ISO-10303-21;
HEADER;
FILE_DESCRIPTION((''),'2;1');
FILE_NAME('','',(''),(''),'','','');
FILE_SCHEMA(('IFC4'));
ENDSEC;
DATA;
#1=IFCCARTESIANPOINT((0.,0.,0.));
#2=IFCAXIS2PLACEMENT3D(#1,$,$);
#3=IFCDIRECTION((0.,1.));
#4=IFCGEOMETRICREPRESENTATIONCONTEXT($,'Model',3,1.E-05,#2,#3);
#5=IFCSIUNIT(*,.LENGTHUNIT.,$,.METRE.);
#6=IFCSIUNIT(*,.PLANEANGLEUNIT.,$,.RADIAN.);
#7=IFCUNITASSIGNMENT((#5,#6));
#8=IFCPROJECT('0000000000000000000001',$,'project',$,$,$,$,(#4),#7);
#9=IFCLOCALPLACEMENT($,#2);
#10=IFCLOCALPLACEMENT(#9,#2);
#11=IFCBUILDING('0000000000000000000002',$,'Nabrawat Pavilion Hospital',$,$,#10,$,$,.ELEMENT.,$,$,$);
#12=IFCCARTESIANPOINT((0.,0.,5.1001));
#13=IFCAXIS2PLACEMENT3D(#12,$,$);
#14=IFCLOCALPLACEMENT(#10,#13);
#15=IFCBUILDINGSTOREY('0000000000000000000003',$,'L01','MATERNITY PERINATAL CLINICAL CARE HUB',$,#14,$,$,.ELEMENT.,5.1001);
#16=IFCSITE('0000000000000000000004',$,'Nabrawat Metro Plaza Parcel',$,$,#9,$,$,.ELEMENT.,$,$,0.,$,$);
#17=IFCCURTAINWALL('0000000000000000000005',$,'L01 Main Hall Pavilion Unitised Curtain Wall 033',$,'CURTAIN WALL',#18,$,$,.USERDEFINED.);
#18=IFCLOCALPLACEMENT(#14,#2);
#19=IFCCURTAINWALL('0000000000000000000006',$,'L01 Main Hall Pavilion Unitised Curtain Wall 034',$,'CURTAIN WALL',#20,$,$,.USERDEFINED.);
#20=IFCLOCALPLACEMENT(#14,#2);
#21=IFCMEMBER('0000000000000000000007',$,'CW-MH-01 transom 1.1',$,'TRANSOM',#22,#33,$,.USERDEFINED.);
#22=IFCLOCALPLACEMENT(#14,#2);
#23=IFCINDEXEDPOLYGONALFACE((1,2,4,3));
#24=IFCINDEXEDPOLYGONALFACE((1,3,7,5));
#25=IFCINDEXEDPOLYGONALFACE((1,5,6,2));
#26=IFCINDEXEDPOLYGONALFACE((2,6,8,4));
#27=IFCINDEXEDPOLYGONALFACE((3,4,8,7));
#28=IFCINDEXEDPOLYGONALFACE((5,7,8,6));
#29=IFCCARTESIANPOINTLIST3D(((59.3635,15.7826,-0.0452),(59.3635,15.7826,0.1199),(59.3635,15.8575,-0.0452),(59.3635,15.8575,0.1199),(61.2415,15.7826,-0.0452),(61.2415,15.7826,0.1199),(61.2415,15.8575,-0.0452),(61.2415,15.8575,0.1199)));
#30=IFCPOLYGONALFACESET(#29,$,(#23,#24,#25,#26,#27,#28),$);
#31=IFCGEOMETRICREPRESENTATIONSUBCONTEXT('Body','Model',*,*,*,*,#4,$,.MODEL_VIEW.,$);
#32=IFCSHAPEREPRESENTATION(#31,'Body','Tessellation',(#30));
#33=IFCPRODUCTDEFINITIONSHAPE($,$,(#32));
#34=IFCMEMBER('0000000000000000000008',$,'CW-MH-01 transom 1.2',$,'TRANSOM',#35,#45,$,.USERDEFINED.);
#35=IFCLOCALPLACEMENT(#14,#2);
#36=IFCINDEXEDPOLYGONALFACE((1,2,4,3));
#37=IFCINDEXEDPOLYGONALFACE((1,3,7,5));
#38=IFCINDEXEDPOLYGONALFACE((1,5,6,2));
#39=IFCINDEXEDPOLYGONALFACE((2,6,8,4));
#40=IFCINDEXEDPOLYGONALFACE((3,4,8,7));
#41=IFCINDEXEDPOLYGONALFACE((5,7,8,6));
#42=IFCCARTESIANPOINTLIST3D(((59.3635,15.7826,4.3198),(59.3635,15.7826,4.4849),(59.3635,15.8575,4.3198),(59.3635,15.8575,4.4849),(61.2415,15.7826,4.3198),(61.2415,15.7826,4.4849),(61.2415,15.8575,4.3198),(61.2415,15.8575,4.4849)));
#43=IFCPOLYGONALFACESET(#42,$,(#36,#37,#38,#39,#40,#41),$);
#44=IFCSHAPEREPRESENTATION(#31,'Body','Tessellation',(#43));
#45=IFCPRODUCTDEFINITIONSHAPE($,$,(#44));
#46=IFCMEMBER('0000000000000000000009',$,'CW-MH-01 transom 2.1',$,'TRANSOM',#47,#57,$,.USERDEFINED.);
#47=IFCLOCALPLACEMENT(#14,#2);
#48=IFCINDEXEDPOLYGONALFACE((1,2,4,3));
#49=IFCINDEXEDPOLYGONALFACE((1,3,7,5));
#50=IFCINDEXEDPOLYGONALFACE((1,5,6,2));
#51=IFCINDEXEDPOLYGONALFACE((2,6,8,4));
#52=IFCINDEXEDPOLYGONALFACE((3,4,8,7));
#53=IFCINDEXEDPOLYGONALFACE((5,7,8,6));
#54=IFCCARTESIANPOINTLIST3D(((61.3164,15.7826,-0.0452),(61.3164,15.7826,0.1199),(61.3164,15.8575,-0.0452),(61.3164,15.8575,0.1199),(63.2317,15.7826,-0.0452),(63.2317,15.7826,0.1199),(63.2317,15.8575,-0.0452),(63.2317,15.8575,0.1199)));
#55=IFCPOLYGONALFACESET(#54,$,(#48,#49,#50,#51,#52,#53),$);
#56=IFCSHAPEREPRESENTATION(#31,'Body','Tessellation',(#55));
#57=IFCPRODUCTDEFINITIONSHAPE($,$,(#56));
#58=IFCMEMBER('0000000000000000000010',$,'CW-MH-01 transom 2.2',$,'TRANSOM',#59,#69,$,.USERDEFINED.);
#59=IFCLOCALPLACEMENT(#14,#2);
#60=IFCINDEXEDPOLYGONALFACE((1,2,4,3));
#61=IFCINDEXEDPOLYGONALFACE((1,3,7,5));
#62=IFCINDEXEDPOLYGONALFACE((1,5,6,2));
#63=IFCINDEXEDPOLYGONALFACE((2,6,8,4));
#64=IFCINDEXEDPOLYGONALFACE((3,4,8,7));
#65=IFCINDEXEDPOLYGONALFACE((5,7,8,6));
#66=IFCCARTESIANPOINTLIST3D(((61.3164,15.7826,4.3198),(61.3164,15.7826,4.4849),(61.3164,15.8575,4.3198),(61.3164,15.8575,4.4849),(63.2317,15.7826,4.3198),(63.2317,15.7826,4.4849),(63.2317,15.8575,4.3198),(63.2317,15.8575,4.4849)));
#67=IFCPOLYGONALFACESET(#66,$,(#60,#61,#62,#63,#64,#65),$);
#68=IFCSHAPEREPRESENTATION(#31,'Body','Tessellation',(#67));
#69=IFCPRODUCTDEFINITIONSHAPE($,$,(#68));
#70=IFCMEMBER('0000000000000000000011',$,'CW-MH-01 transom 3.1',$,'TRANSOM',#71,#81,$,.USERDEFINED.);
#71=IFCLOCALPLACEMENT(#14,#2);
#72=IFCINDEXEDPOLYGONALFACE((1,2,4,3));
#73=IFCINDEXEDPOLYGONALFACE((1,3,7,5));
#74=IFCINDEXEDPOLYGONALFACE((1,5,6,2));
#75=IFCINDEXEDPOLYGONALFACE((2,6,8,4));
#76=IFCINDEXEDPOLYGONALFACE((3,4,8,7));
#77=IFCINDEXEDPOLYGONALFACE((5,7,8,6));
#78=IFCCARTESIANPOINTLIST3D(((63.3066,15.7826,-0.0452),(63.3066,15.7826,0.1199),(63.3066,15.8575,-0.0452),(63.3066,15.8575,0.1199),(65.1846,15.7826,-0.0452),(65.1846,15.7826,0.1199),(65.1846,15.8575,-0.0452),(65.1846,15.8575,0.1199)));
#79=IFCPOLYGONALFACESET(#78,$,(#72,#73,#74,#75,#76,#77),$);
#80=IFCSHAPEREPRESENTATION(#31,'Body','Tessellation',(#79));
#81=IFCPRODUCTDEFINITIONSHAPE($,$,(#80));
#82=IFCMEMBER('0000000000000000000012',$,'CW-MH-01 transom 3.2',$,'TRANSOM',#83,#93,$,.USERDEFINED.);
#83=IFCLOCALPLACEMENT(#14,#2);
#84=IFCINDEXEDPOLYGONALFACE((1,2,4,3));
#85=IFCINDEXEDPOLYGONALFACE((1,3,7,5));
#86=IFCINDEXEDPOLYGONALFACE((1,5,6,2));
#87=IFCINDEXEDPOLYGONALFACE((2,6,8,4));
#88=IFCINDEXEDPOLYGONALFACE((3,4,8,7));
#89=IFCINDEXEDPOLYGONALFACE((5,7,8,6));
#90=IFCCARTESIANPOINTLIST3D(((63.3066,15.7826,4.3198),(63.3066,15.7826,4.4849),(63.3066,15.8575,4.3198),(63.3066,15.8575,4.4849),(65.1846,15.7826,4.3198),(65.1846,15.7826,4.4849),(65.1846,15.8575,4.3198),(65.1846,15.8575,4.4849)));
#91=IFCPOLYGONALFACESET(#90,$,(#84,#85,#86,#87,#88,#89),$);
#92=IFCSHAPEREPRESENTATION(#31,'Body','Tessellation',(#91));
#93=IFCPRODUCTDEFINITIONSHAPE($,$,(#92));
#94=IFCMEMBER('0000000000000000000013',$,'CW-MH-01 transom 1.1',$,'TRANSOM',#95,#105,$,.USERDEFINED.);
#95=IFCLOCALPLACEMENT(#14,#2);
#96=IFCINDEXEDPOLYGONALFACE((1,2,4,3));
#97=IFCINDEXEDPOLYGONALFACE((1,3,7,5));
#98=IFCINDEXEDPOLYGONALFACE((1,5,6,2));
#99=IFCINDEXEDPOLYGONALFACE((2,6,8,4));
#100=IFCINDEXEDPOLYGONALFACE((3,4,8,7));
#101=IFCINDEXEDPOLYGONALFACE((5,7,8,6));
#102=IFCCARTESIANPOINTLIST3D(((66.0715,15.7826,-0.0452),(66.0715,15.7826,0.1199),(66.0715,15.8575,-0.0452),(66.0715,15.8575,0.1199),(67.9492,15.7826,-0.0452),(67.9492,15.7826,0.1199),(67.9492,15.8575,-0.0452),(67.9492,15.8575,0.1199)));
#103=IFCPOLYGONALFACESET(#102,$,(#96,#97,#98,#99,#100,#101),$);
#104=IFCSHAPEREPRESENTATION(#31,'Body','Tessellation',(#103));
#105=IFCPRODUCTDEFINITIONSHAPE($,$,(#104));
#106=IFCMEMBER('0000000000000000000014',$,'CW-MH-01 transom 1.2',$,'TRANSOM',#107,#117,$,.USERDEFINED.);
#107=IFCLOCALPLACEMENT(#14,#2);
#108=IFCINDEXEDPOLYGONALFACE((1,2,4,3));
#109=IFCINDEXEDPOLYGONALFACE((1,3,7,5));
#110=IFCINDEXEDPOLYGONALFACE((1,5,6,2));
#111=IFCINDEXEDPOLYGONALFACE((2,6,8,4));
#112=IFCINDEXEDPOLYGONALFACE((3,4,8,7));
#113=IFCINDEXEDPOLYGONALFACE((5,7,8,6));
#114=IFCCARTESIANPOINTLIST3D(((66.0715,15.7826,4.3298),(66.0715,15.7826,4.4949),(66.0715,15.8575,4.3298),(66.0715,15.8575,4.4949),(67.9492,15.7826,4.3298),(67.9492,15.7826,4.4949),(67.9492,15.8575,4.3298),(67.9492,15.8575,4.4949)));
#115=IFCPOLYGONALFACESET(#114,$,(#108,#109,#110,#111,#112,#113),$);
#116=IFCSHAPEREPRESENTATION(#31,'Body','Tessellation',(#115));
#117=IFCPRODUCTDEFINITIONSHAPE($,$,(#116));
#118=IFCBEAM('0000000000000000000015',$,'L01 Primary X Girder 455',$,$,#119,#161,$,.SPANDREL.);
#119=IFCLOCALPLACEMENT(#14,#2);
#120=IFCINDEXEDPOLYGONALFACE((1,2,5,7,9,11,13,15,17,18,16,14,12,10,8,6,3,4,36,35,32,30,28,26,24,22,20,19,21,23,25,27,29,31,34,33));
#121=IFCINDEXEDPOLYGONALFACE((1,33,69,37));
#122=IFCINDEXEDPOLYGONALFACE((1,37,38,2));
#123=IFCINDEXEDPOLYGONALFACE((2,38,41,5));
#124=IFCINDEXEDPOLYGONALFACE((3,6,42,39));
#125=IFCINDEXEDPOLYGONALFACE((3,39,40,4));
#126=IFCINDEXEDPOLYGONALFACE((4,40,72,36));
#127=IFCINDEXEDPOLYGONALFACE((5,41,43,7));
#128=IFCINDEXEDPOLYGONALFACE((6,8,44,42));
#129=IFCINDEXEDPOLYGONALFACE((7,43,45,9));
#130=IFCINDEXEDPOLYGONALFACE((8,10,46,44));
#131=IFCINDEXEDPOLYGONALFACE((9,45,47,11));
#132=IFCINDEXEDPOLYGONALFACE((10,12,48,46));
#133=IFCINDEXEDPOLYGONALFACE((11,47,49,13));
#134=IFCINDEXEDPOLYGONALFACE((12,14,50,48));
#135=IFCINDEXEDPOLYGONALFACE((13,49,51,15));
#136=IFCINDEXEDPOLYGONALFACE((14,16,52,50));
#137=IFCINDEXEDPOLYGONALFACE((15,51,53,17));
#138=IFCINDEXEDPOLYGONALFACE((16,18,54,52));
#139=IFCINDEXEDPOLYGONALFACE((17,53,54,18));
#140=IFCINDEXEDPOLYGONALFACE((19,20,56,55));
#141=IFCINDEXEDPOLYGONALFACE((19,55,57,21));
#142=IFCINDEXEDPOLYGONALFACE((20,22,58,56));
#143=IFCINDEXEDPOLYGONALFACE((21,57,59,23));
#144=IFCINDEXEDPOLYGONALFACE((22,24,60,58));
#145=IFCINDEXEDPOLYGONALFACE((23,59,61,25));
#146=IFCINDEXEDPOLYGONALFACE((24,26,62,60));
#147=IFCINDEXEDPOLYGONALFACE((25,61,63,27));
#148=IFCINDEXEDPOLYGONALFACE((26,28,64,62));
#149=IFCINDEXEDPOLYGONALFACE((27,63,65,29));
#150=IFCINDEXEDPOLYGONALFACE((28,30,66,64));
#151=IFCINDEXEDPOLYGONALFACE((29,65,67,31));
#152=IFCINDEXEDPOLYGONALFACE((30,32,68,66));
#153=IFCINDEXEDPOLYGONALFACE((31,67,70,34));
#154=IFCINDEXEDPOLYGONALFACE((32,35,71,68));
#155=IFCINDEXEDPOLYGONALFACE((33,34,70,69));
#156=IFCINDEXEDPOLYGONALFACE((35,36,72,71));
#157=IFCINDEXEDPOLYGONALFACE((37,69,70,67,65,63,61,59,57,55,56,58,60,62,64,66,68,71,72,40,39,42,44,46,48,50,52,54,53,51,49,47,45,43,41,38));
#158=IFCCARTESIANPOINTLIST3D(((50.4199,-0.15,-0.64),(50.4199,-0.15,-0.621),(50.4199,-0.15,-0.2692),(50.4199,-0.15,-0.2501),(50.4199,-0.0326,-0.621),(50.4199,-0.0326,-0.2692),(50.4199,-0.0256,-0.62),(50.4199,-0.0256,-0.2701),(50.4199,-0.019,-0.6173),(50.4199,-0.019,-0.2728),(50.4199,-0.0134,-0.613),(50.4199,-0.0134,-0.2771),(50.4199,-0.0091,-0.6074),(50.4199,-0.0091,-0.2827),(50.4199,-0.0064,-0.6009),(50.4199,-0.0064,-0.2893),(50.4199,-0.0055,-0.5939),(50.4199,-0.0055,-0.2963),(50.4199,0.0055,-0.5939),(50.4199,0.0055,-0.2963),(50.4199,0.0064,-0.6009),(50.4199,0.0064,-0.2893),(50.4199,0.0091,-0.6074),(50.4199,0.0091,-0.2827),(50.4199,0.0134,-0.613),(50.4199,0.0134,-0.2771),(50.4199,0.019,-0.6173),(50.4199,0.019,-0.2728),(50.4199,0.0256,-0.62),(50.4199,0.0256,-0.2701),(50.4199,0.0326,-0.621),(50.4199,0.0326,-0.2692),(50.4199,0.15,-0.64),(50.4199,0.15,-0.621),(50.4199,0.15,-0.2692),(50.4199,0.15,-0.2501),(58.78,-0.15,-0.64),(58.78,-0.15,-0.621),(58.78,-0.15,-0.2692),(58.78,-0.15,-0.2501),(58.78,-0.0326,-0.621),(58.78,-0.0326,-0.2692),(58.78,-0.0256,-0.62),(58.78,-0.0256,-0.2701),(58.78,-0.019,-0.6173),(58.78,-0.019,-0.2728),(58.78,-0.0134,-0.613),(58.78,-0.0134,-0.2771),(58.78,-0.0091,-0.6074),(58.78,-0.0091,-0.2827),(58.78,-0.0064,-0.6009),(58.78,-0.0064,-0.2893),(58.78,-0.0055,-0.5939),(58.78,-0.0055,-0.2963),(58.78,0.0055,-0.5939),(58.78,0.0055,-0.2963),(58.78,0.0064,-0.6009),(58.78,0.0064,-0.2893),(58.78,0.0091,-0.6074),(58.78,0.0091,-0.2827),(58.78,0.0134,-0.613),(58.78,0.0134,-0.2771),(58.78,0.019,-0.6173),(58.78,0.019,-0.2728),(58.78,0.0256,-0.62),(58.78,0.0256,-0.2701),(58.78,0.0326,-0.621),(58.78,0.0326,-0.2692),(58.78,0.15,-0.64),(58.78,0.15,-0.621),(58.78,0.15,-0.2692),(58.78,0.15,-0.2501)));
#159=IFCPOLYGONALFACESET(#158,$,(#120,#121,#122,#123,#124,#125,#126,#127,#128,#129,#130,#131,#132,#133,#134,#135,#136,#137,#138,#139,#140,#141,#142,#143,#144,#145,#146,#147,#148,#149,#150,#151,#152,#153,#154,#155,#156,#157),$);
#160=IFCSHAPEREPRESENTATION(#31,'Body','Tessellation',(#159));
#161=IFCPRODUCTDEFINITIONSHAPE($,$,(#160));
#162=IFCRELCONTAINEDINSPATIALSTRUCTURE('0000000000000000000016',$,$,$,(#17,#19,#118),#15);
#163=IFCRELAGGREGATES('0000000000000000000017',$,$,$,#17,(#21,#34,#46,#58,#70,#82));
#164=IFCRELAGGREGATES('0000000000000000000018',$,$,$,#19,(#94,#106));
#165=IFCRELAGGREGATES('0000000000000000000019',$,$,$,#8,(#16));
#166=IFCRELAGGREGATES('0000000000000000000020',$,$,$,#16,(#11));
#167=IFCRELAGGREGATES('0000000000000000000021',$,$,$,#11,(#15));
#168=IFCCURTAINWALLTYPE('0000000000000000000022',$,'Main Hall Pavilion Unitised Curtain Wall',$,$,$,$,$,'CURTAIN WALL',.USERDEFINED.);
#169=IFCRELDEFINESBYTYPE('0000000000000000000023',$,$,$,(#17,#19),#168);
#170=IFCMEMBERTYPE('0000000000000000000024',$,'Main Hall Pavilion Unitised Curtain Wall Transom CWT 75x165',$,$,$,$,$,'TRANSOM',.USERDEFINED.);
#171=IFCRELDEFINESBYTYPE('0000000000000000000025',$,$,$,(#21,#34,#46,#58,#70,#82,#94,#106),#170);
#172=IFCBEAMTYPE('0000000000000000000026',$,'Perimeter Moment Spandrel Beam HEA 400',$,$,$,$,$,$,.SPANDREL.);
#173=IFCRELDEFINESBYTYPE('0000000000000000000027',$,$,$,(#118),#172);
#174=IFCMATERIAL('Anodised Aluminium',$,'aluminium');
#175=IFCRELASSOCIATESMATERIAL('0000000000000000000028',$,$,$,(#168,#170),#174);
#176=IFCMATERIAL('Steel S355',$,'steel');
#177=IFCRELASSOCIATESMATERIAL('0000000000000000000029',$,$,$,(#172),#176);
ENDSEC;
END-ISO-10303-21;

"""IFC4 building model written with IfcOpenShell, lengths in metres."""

from ifc_helpers import new_model, si_unit, direction, frame, origin, origin_2d, place, context, subcontext, project, spatial, rectangle, i_section, extrude, material, material_profile, profile_set, type_object, element, aggregate, save


model = new_model("IFC4")

# Units and contexts
model_context = context("Model", 3, precision=1e-05, world=origin(), true_north=direction((0.0, 1.0)))
body_context = subcontext(model_context, "Body", "Model", "MODEL_VIEW")
ifc_project = project(units=[si_unit("LENGTHUNIT", "METRE"), si_unit("PLANEANGLEUNIT", "RADIAN")], contexts=[model_context])

# Site, building, storey
site_placement = place(None, origin())
site = spatial("IfcSite", under=ifc_project, at=site_placement, Name="Nabrawat Metro Plaza Parcel", CompositionType="ELEMENT", RefElevation=0.0)
building_placement = place(site_placement, origin())
building = spatial("IfcBuilding", under=site, at=building_placement, Name="Nabrawat Pavilion Hospital", CompositionType="ELEMENT")
storey_placement = place(building_placement, frame((0.0, 0.0, 5.1001)))
storey = spatial("IfcBuildingStorey", under=building, at=storey_placement, Name="L01", Description="MATERNITY PERINATAL CLINICAL CARE HUB", CompositionType="ELEMENT", Elevation=5.1001)

# Shared definitions
ifc_material_1 = material(Name="Steel S355", Category="steel")

# Curtain wall
ifc_material_2 = material(Name="Anodised Aluminium", Category="aluminium")
curtain_wall_type = type_object("IfcCurtainWallType", Name="Main Hall Pavilion Unitised Curtain Wall", ElementType="CURTAIN WALL", PredefinedType="USERDEFINED", material=ifc_material_2)
curtain_wall_1_placement = place(storey_placement, origin())
curtain_wall_1 = element("IfcCurtainWall", 1, at=curtain_wall_1_placement, inside=storey, type_object=curtain_wall_type, Name="L01 Main Hall Pavilion Unitised Curtain Wall 033", ObjectType="CURTAIN WALL", PredefinedType="USERDEFINED")

# Curtain wall
curtain_wall_2_placement = place(storey_placement, origin())
curtain_wall_2 = element("IfcCurtainWall", 2, at=curtain_wall_2_placement, inside=storey, type_object=curtain_wall_type, Name="L01 Main Hall Pavilion Unitised Curtain Wall 034", ObjectType="CURTAIN WALL", PredefinedType="USERDEFINED")

# Members
ifc_material_profile_1 = material_profile(ifc_material_2, rectangle(XDim=0.075, YDim=0.165, at=origin_2d()), Name="CWT 75x165")
ifc_profile_set_1 = profile_set([ifc_material_profile_1], Name="Anodised Aluminium")
member_type_1 = type_object("IfcMemberType", Name="Main Hall Pavilion Unitised Curtain Wall Transom CWT 75x165", ElementType="TRANSOM", PredefinedType="USERDEFINED", material=ifc_profile_set_1)
member_1_placement = place(storey_placement, frame((59.3635, 15.8201, 0.0374), z_axis=(1.0, 0.0, 0.0), x_axis=(0.0, 1.0, 0.0)))
member_1 = element("IfcMember", 3, at=member_1_placement, type_object=member_type_1, Name="CW-MH-01 transom 1.1", ObjectType="TRANSOM", PredefinedType="USERDEFINED", context=body_context, shape_type="SweptSolid", body=[
    extrude(rectangle(XDim=0.075, YDim=0.165, at=origin_2d()), origin(), (0.0, 0.0, 1.0), 1.8779),
])
member_2_placement = place(storey_placement, frame((59.3635, 15.8201, 4.4023), z_axis=(1.0, 0.0, 0.0), x_axis=(0.0, 1.0, 0.0)))
member_2 = element("IfcMember", 4, at=member_2_placement, type_object=member_type_1, Name="CW-MH-01 transom 1.2", ObjectType="TRANSOM", PredefinedType="USERDEFINED", context=body_context, shape_type="SweptSolid", body=[
    extrude(rectangle(XDim=0.075, YDim=0.165, at=origin_2d()), origin(), (0.0, 0.0, 1.0), 1.8779),
])
member_3_placement = place(storey_placement, frame((61.3164, 15.8201, 0.0374), z_axis=(1.0, 0.0, 0.0), x_axis=(0.0, 1.0, 0.0)))
member_3 = element("IfcMember", 5, at=member_3_placement, type_object=member_type_1, Name="CW-MH-01 transom 2.1", ObjectType="TRANSOM", PredefinedType="USERDEFINED", context=body_context, shape_type="SweptSolid", body=[
    extrude(rectangle(XDim=0.075, YDim=0.165, at=origin_2d()), origin(), (0.0, 0.0, 1.0), 1.9153),
])
member_4_placement = place(storey_placement, frame((61.3164, 15.8201, 4.4023), z_axis=(1.0, 0.0, 0.0), x_axis=(0.0, 1.0, 0.0)))
member_4 = element("IfcMember", 6, at=member_4_placement, type_object=member_type_1, Name="CW-MH-01 transom 2.2", ObjectType="TRANSOM", PredefinedType="USERDEFINED", context=body_context, shape_type="SweptSolid", body=[
    extrude(rectangle(XDim=0.075, YDim=0.165, at=origin_2d()), origin(), (0.0, 0.0, 1.0), 1.9153),
])
member_5_placement = place(storey_placement, frame((63.3066, 15.8201, 0.0374), z_axis=(1.0, 0.0, 0.0), x_axis=(0.0, 1.0, 0.0)))
member_5 = element("IfcMember", 7, at=member_5_placement, type_object=member_type_1, Name="CW-MH-01 transom 3.1", ObjectType="TRANSOM", PredefinedType="USERDEFINED", context=body_context, shape_type="SweptSolid", body=[
    extrude(rectangle(XDim=0.075, YDim=0.165, at=origin_2d()), origin(), (0.0, 0.0, 1.0), 1.8779),
])
member_6_placement = place(storey_placement, frame((63.3066, 15.8201, 4.4023), z_axis=(1.0, 0.0, 0.0), x_axis=(0.0, 1.0, 0.0)))
member_6 = element("IfcMember", 8, at=member_6_placement, type_object=member_type_1, Name="CW-MH-01 transom 3.2", ObjectType="TRANSOM", PredefinedType="USERDEFINED", context=body_context, shape_type="SweptSolid", body=[
    extrude(rectangle(XDim=0.075, YDim=0.165, at=origin_2d()), origin(), (0.0, 0.0, 1.0), 1.8779),
])
member_7_placement = place(storey_placement, frame((66.0715, 15.8201, 0.0374), z_axis=(1.0, 0.0, 0.0), x_axis=(0.0, 1.0, 0.0)))
member_7 = element("IfcMember", 9, at=member_7_placement, type_object=member_type_1, Name="CW-MH-01 transom 1.1", ObjectType="TRANSOM", PredefinedType="USERDEFINED", context=body_context, shape_type="SweptSolid", body=[
    extrude(rectangle(XDim=0.075, YDim=0.165, at=origin_2d()), origin(), (0.0, 0.0, 1.0), 1.8777),
])
member_8_placement = place(storey_placement, frame((66.0715, 15.8201, 4.4124), z_axis=(1.0, 0.0, 0.0), x_axis=(0.0, 1.0, 0.0)))
member_8 = element("IfcMember", 10, at=member_8_placement, type_object=member_type_1, Name="CW-MH-01 transom 1.2", ObjectType="TRANSOM", PredefinedType="USERDEFINED", context=body_context, shape_type="SweptSolid", body=[
    extrude(rectangle(XDim=0.075, YDim=0.165, at=origin_2d()), origin(), (0.0, 0.0, 1.0), 1.8777),
])

# Beam
ifc_material_profile_2 = material_profile(ifc_material_1, i_section(OverallWidth=0.3, OverallDepth=0.3899, WebThickness=0.011, FlangeThickness=0.019, FilletRadius=0.0271, at=origin_2d()), Name="HEA 400")
ifc_profile_set_2 = profile_set([ifc_material_profile_2], Name="Steel S355")
beam_type = type_object("IfcBeamType", Name="Perimeter Moment Spandrel Beam HEA 400", PredefinedType="SPANDREL", material=ifc_profile_set_2)
beam_1_placement = place(storey_placement, frame((50.4199, 0.0, -0.4451), z_axis=(1.0, 0.0, 0.0), x_axis=(0.0, 1.0, 0.0)))
element("IfcBeam", 11, at=beam_1_placement, inside=storey, type_object=beam_type, Name="L01 Primary X Girder 455", PredefinedType="SPANDREL", context=body_context, shape_type="SweptSolid", body=[
    extrude(i_section(OverallWidth=0.3, OverallDepth=0.3899, WebThickness=0.011, FlangeThickness=0.019, FilletRadius=0.0271, at=origin_2d()), origin(), (0.0, 0.0, 1.0), 8.3601),
])

aggregate(curtain_wall_1, [member_1, member_2, member_3, member_4, member_5, member_6])
aggregate(curtain_wall_2, [member_7, member_8])

save(model, "model.ifc")
